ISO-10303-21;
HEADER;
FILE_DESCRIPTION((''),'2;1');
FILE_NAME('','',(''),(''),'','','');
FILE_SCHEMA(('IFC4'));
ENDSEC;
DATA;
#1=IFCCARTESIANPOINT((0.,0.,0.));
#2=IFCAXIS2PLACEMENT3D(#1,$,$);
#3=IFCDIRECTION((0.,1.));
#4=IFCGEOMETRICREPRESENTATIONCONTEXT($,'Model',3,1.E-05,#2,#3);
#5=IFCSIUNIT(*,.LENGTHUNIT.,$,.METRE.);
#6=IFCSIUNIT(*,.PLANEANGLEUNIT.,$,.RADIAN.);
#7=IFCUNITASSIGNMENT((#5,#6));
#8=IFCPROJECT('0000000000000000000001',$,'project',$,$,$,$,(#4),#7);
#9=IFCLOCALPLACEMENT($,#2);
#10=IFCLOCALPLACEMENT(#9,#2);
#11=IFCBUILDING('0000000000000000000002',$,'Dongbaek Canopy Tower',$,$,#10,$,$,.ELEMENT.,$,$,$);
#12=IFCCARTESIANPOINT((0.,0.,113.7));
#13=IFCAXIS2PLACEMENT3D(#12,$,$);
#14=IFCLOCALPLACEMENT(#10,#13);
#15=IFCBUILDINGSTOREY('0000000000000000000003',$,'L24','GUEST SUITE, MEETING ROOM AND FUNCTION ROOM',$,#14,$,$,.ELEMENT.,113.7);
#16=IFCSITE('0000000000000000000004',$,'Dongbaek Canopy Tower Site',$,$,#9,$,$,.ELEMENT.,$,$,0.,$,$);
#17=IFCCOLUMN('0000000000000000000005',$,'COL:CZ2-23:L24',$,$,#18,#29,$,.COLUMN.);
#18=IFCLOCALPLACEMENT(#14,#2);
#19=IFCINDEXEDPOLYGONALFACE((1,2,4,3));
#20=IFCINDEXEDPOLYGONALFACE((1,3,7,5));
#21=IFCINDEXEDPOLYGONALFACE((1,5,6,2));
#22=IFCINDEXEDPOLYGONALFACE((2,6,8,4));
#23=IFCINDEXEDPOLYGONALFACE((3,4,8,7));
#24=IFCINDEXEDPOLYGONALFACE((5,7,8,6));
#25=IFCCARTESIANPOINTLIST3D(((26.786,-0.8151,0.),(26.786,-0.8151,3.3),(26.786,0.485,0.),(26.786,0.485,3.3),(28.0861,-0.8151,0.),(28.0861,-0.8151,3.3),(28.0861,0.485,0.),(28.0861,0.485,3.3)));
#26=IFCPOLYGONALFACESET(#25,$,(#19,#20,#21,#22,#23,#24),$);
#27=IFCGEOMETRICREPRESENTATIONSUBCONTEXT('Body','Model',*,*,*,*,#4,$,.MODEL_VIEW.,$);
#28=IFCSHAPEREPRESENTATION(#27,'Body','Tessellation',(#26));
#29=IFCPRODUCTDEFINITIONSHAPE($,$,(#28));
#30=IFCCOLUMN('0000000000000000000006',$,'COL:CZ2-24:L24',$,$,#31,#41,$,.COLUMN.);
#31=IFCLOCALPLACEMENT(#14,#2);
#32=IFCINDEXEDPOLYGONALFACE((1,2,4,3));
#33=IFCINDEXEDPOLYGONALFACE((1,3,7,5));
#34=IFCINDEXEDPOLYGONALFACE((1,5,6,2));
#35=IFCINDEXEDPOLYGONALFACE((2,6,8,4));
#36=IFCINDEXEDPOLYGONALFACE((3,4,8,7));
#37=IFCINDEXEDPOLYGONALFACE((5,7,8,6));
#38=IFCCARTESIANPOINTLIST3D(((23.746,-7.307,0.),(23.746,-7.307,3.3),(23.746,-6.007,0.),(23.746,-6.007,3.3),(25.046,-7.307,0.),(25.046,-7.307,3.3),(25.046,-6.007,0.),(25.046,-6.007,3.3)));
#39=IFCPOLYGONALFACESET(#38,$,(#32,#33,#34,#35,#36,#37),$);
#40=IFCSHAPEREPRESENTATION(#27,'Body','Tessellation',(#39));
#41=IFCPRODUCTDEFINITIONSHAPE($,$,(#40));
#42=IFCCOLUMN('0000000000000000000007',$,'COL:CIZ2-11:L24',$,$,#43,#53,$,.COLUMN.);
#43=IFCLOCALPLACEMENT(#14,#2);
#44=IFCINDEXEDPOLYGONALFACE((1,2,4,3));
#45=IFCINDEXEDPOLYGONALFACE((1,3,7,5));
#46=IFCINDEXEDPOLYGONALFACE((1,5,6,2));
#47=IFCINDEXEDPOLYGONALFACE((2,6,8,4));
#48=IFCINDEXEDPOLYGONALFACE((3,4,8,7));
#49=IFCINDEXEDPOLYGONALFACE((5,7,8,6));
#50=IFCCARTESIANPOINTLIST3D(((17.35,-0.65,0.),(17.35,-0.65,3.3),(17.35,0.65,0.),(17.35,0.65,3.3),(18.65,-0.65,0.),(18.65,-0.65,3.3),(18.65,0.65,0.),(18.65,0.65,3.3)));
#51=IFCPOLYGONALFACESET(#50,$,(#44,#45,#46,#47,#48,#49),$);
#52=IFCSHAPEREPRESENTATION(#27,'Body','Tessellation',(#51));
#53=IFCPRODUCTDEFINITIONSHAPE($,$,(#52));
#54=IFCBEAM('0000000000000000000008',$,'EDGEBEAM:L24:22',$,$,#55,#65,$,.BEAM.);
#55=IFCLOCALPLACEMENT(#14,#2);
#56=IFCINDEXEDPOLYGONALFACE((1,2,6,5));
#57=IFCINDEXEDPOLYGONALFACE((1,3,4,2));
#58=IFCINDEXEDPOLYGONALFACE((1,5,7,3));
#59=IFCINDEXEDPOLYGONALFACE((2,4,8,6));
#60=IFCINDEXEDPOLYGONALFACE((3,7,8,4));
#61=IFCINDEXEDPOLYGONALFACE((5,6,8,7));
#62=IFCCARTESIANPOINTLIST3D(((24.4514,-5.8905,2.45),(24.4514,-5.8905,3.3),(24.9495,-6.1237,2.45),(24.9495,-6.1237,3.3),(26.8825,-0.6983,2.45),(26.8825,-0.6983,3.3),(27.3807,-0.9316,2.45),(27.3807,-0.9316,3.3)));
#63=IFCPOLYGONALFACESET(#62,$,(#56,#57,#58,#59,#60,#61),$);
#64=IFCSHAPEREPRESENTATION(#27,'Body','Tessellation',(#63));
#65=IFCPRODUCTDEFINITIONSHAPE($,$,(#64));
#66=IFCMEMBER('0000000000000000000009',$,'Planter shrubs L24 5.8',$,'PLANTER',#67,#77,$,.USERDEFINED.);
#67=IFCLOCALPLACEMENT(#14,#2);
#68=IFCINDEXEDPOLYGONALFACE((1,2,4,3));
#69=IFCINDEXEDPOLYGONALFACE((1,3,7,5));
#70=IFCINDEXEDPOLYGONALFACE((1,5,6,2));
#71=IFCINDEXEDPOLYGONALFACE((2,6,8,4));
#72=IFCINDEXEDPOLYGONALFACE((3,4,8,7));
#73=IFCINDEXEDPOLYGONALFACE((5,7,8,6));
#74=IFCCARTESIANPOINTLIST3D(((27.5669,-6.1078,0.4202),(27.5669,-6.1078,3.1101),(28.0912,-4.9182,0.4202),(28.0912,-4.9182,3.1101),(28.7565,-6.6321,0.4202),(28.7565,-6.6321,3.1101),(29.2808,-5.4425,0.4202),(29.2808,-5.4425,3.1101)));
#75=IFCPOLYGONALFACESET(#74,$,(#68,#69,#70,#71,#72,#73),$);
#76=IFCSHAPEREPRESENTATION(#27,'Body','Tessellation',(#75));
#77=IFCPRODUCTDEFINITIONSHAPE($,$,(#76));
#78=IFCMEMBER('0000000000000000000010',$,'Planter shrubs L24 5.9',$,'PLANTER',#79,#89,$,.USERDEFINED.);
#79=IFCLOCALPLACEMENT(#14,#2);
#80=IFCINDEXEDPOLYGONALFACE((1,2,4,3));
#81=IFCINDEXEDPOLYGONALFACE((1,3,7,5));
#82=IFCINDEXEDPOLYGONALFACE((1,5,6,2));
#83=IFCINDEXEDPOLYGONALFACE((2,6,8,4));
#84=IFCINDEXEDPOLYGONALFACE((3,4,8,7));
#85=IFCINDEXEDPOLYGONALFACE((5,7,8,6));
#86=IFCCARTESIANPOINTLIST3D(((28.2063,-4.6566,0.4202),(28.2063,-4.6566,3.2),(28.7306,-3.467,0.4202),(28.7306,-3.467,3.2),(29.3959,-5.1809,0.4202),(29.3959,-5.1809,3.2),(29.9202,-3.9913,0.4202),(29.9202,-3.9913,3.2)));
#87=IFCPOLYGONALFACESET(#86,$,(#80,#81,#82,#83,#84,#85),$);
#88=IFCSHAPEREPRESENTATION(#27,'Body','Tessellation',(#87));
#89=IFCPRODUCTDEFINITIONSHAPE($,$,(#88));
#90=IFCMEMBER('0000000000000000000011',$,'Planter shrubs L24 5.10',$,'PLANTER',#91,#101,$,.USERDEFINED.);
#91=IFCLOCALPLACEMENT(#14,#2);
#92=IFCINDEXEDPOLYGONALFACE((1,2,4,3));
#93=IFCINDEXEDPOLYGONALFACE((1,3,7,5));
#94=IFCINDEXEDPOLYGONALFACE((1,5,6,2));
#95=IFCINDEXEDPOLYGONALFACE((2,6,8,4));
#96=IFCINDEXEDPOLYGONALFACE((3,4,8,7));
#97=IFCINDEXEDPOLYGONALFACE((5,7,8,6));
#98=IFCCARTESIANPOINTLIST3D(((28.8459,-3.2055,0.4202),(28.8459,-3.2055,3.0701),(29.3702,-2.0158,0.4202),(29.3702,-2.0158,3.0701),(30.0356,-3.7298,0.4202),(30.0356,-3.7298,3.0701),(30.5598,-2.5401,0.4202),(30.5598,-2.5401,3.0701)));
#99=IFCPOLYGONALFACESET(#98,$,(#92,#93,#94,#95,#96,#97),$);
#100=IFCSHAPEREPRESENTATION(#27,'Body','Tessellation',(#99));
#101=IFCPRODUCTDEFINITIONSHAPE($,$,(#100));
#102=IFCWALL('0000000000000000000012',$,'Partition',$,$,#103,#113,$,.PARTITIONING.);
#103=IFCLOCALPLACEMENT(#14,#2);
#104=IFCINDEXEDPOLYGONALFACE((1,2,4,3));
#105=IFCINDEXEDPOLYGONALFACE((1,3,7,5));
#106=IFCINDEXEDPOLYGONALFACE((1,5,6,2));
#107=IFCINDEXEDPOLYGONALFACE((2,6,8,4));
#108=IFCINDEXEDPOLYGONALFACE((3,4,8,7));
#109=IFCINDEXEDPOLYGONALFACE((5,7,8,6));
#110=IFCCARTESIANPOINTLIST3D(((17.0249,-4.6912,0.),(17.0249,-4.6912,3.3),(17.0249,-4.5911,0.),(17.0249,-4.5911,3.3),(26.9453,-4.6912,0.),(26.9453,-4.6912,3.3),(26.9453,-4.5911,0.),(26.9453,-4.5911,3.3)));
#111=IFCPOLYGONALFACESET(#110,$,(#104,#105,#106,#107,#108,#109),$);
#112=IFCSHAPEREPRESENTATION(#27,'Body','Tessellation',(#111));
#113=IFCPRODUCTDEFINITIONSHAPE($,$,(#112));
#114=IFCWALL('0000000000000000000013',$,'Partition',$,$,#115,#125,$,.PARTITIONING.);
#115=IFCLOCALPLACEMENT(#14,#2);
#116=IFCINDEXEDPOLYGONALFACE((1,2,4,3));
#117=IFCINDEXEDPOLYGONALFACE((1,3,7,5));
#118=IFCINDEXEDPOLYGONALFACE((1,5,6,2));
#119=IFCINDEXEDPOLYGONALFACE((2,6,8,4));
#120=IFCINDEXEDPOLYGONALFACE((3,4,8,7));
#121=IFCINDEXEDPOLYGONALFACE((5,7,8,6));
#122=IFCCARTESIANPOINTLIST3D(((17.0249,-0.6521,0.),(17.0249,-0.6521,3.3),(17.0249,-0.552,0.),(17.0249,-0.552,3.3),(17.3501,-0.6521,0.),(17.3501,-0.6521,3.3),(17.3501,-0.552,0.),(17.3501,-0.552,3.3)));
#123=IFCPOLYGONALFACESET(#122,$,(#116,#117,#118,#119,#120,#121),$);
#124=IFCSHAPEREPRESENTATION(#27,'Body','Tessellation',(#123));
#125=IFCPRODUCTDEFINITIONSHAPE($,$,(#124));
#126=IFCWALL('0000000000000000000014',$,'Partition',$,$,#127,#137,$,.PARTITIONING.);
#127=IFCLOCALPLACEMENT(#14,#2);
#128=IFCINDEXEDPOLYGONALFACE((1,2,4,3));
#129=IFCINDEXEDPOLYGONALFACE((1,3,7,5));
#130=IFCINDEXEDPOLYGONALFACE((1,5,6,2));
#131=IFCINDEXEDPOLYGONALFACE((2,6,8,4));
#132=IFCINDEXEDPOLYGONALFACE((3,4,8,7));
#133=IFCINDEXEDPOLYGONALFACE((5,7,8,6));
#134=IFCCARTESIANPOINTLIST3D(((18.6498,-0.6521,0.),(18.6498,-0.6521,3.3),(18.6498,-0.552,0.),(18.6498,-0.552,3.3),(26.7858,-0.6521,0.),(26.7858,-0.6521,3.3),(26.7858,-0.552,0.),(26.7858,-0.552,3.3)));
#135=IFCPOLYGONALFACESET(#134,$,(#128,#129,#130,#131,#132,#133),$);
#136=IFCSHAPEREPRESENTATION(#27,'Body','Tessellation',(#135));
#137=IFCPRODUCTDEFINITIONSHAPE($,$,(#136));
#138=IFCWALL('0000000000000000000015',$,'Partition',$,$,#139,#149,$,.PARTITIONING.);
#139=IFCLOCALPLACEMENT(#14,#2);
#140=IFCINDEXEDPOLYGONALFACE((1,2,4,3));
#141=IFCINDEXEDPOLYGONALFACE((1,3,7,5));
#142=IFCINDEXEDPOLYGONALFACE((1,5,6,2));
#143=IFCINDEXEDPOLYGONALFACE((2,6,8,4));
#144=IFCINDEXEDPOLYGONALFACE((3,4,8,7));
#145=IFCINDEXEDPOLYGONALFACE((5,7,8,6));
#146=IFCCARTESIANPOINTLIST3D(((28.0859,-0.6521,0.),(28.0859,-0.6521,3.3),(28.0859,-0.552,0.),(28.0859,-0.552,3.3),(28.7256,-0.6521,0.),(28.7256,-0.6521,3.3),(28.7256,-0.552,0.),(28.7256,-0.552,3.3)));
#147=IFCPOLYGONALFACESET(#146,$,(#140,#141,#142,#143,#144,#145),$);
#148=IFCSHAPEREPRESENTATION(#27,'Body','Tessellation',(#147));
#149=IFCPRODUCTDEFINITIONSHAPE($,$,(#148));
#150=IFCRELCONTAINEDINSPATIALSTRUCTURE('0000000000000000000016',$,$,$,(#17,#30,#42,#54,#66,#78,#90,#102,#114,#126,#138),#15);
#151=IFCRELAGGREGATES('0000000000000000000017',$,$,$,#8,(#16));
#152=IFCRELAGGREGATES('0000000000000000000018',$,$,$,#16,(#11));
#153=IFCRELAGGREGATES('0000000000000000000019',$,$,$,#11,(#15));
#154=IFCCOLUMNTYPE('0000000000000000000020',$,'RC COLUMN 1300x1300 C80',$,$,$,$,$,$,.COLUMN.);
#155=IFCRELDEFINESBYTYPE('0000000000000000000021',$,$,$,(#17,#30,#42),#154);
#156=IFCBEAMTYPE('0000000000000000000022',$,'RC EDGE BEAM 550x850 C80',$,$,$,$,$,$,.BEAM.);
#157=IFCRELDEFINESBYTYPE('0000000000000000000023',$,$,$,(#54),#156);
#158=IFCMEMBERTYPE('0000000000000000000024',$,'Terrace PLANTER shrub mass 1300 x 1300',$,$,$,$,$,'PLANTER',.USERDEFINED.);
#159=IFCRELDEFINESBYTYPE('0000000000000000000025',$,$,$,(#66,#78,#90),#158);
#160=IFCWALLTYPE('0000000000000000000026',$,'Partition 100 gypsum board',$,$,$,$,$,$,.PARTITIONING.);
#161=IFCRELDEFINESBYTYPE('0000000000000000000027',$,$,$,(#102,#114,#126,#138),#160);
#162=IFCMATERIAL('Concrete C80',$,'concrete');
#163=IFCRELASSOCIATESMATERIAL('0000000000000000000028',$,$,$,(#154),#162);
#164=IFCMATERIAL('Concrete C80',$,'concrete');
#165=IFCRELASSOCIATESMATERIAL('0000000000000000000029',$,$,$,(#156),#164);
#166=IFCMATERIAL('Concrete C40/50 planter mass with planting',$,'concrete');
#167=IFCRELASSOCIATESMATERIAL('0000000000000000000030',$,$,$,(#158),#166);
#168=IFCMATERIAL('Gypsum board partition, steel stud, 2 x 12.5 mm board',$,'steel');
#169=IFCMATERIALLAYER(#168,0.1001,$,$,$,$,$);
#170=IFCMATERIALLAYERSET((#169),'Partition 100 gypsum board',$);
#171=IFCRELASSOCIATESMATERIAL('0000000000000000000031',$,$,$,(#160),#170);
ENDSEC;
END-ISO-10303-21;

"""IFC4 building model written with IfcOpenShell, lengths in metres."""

from ifc_helpers import new_model, si_unit, direction, frame, frame_2d, origin, origin_2d, place, context, subcontext, project, spatial, rectangle, extrude, material, layer, layer_set, material_profile, profile_set, type_object, element, save


model = new_model("IFC4")

# Units and contexts
model_context = context("Model", 3, precision=1e-05, world=origin(), true_north=direction((0.0, 1.0)))
body_context = subcontext(model_context, "Body", "Model", "MODEL_VIEW")
ifc_project = project(units=[si_unit("LENGTHUNIT", "METRE"), si_unit("PLANEANGLEUNIT", "RADIAN")], contexts=[model_context])

# Site, building, storey
site_placement = place(None, origin())
site = spatial("IfcSite", under=ifc_project, at=site_placement, Name="Dongbaek Canopy Tower Site", CompositionType="ELEMENT", RefElevation=0.0)
building_placement = place(site_placement, origin())
building = spatial("IfcBuilding", under=site, at=building_placement, Name="Dongbaek Canopy Tower", CompositionType="ELEMENT")
storey_placement = place(building_placement, frame((0.0, 0.0, 113.7)))
storey = spatial("IfcBuildingStorey", under=building, at=storey_placement, Name="L24", Description="GUEST SUITE, MEETING ROOM AND FUNCTION ROOM", CompositionType="ELEMENT", Elevation=113.7)

# Columns
ifc_material_1 = material(Name="Concrete C80", Category="concrete")
ifc_material_profile_1 = material_profile(ifc_material_1, rectangle(XDim=1.3, YDim=1.3, at=origin_2d()), Name="RC COLUMN 1300x1300 C80")
ifc_profile_set_1 = profile_set([ifc_material_profile_1], Name="Concrete C80")
column_type = type_object("IfcColumnType", Name="RC COLUMN 1300x1300 C80", PredefinedType="COLUMN", material=ifc_profile_set_1)
for number, where, z_axis, x_axis, name in (
    (1, (27.436, -0.165, 0.0), (0.0, 0.0, 1.0), (1.0, 0.0, 0.0), "COL:CZ2-23:L24"),
    (2, (24.396, -6.657, 0.0), (0.0, 0.0, 1.0), (1.0, 0.0, 0.0), "COL:CZ2-24:L24"),
    (3, (18.0, 0.0, 0.0), (0.0, 0.0, 1.0), (1.0, 0.0, 0.0), "COL:CIZ2-11:L24"),
):
    element("IfcColumn", number, at=place(storey_placement, frame(where, z_axis=z_axis, x_axis=x_axis)), inside=storey, type_object=column_type, Name=name, PredefinedType="COLUMN", context=body_context, shape_type="SweptSolid", body=[
        extrude(rectangle(XDim=1.3, YDim=1.3, at=origin_2d()), origin(), (0.0, 0.0, 1.0), 3.3),
    ])

# Beam
ifc_material_2 = material(Name="Concrete C80", Category="concrete")
ifc_material_profile_2 = material_profile(ifc_material_2, rectangle(XDim=0.55, YDim=0.8501, at=origin_2d()), Name="RC EDGE BEAM 550x850 C80")
ifc_profile_set_2 = profile_set([ifc_material_profile_2], Name="Concrete C80")
beam_type = type_object("IfcBeamType", Name="RC EDGE BEAM 550x850 C80", PredefinedType="BEAM", material=ifc_profile_set_2)
beam_placement = place(storey_placement, frame((27.1316, -0.8149, 2.875), z_axis=(-0.424053, -0.905637, 0.0), x_axis=(0.905637, -0.424053, 0.0)))
element("IfcBeam", 4, at=beam_placement, inside=storey, type_object=beam_type, Name="EDGEBEAM:L24:22", PredefinedType="BEAM", context=body_context, shape_type="SweptSolid", body=[
    extrude(rectangle(XDim=0.55, YDim=0.8501, at=origin_2d()), origin(), (0.0, 0.0, 1.0), 5.7332),
])

# Members
ifc_material_3 = material(Name="Concrete C40/50 planter mass with planting", Category="concrete")
ifc_material_profile_3 = material_profile(ifc_material_3, rectangle(XDim=1.3, YDim=1.3, at=origin_2d()), Name="Terrace PLANTER shrub mass 1300 x 1300")
ifc_profile_set_3 = profile_set([ifc_material_profile_3], Name="Concrete C40/50 planter mass with planting")
member_type = type_object("IfcMemberType", Name="Terrace PLANTER shrub mass 1300 x 1300", ElementType="PLANTER", PredefinedType="USERDEFINED", material=ifc_profile_set_3)
member_1_placement = place(storey_placement, frame((28.4238, -5.7751, 0.4202), z_axis=(0.0, 0.0, 1.0), x_axis=(0.915073, -0.403289, 0.0)))
element("IfcMember", 5, at=member_1_placement, inside=storey, type_object=member_type, Name="Planter shrubs L24 5.8", ObjectType="PLANTER", PredefinedType="USERDEFINED", context=body_context, shape_type="SweptSolid", body=[
    extrude(rectangle(XDim=1.3, YDim=1.3, at=origin_2d()), origin(), (0.0, 0.0, 1.0), 2.6899),
])
member_2_placement = place(storey_placement, frame((29.0632, -4.324, 0.4202), z_axis=(0.0, 0.0, 1.0), x_axis=(0.915073, -0.403289, 0.0)))
element("IfcMember", 6, at=member_2_placement, inside=storey, type_object=member_type, Name="Planter shrubs L24 5.9", ObjectType="PLANTER", PredefinedType="USERDEFINED", context=body_context, shape_type="SweptSolid", body=[
    extrude(rectangle(XDim=1.3, YDim=1.3, at=origin_2d()), origin(), (0.0, 0.0, 1.0), 2.7798),
])
member_3_placement = place(storey_placement, frame((29.7029, -2.8728, 0.4202), z_axis=(0.0, 0.0, 1.0), x_axis=(0.915073, -0.403289, 0.0)))
element("IfcMember", 7, at=member_3_placement, inside=storey, type_object=member_type, Name="Planter shrubs L24 5.10", ObjectType="PLANTER", PredefinedType="USERDEFINED", context=body_context, shape_type="SweptSolid", body=[
    extrude(rectangle(XDim=1.3, YDim=1.3, at=origin_2d()), origin(), (0.0, 0.0, 1.0), 2.6499),
])

# Walls
ifc_material_4 = material(Name="Gypsum board partition, steel stud, 2 x 12.5 mm board", Category="steel")
ifc_layer_1 = layer(ifc_material_4, 0.1001)
ifc_layer_set_1 = layer_set([ifc_layer_1], Name="Partition 100 gypsum board")
wall_type_1 = type_object("IfcWallType", Name="Partition 100 gypsum board", PredefinedType="PARTITIONING", material=ifc_layer_set_1)
wall_1_placement = place(storey_placement, frame((17.0249, -4.6411, 0.0), z_axis=(0.0, 0.0, 1.0), x_axis=(1.0, 0.0, 0.0)))
element("IfcWall", 8, at=wall_1_placement, inside=storey, type_object=wall_type_1, Name="Partition", PredefinedType="PARTITIONING", context=body_context, shape_type="SweptSolid", body=[
    extrude(rectangle(XDim=9.9204, YDim=0.1001, at=frame_2d((4.9602, 0.0))), origin(), (0.0, 0.0, 1.0), 3.3),
])
wall_2_placement = place(storey_placement, frame((17.0249, -0.6021, 0.0), z_axis=(0.0, 0.0, 1.0), x_axis=(1.0, 0.0, 0.0)))
element("IfcWall", 9, at=wall_2_placement, inside=storey, type_object=wall_type_1, Name="Partition", PredefinedType="PARTITIONING", context=body_context, shape_type="SweptSolid", body=[
    extrude(rectangle(XDim=0.3252, YDim=0.1001, at=frame_2d((0.1626, 0.0))), origin(), (0.0, 0.0, 1.0), 3.3),
])
wall_3_placement = place(storey_placement, frame((18.6499, -0.6021, 0.0), z_axis=(0.0, 0.0, 1.0), x_axis=(1.0, 0.0, 0.0)))
element("IfcWall", 10, at=wall_3_placement, inside=storey, type_object=wall_type_1, Name="Partition", PredefinedType="PARTITIONING", context=body_context, shape_type="SweptSolid", body=[
    extrude(rectangle(XDim=8.136, YDim=0.1001, at=frame_2d((4.0679, 0.0))), origin(), (0.0, 0.0, 1.0), 3.3),
])
wall_4_placement = place(storey_placement, frame((28.0859, -0.6021, 0.0), z_axis=(0.0, 0.0, 1.0), x_axis=(1.0, 0.0, 0.0)))
element("IfcWall", 11, at=wall_4_placement, inside=storey, type_object=wall_type_1, Name="Partition", PredefinedType="PARTITIONING", context=body_context, shape_type="SweptSolid", body=[
    extrude(rectangle(XDim=0.6396, YDim=0.1001, at=frame_2d((0.3198, 0.0))), origin(), (0.0, 0.0, 1.0), 3.3),
])

save(model, "model.ifc")
